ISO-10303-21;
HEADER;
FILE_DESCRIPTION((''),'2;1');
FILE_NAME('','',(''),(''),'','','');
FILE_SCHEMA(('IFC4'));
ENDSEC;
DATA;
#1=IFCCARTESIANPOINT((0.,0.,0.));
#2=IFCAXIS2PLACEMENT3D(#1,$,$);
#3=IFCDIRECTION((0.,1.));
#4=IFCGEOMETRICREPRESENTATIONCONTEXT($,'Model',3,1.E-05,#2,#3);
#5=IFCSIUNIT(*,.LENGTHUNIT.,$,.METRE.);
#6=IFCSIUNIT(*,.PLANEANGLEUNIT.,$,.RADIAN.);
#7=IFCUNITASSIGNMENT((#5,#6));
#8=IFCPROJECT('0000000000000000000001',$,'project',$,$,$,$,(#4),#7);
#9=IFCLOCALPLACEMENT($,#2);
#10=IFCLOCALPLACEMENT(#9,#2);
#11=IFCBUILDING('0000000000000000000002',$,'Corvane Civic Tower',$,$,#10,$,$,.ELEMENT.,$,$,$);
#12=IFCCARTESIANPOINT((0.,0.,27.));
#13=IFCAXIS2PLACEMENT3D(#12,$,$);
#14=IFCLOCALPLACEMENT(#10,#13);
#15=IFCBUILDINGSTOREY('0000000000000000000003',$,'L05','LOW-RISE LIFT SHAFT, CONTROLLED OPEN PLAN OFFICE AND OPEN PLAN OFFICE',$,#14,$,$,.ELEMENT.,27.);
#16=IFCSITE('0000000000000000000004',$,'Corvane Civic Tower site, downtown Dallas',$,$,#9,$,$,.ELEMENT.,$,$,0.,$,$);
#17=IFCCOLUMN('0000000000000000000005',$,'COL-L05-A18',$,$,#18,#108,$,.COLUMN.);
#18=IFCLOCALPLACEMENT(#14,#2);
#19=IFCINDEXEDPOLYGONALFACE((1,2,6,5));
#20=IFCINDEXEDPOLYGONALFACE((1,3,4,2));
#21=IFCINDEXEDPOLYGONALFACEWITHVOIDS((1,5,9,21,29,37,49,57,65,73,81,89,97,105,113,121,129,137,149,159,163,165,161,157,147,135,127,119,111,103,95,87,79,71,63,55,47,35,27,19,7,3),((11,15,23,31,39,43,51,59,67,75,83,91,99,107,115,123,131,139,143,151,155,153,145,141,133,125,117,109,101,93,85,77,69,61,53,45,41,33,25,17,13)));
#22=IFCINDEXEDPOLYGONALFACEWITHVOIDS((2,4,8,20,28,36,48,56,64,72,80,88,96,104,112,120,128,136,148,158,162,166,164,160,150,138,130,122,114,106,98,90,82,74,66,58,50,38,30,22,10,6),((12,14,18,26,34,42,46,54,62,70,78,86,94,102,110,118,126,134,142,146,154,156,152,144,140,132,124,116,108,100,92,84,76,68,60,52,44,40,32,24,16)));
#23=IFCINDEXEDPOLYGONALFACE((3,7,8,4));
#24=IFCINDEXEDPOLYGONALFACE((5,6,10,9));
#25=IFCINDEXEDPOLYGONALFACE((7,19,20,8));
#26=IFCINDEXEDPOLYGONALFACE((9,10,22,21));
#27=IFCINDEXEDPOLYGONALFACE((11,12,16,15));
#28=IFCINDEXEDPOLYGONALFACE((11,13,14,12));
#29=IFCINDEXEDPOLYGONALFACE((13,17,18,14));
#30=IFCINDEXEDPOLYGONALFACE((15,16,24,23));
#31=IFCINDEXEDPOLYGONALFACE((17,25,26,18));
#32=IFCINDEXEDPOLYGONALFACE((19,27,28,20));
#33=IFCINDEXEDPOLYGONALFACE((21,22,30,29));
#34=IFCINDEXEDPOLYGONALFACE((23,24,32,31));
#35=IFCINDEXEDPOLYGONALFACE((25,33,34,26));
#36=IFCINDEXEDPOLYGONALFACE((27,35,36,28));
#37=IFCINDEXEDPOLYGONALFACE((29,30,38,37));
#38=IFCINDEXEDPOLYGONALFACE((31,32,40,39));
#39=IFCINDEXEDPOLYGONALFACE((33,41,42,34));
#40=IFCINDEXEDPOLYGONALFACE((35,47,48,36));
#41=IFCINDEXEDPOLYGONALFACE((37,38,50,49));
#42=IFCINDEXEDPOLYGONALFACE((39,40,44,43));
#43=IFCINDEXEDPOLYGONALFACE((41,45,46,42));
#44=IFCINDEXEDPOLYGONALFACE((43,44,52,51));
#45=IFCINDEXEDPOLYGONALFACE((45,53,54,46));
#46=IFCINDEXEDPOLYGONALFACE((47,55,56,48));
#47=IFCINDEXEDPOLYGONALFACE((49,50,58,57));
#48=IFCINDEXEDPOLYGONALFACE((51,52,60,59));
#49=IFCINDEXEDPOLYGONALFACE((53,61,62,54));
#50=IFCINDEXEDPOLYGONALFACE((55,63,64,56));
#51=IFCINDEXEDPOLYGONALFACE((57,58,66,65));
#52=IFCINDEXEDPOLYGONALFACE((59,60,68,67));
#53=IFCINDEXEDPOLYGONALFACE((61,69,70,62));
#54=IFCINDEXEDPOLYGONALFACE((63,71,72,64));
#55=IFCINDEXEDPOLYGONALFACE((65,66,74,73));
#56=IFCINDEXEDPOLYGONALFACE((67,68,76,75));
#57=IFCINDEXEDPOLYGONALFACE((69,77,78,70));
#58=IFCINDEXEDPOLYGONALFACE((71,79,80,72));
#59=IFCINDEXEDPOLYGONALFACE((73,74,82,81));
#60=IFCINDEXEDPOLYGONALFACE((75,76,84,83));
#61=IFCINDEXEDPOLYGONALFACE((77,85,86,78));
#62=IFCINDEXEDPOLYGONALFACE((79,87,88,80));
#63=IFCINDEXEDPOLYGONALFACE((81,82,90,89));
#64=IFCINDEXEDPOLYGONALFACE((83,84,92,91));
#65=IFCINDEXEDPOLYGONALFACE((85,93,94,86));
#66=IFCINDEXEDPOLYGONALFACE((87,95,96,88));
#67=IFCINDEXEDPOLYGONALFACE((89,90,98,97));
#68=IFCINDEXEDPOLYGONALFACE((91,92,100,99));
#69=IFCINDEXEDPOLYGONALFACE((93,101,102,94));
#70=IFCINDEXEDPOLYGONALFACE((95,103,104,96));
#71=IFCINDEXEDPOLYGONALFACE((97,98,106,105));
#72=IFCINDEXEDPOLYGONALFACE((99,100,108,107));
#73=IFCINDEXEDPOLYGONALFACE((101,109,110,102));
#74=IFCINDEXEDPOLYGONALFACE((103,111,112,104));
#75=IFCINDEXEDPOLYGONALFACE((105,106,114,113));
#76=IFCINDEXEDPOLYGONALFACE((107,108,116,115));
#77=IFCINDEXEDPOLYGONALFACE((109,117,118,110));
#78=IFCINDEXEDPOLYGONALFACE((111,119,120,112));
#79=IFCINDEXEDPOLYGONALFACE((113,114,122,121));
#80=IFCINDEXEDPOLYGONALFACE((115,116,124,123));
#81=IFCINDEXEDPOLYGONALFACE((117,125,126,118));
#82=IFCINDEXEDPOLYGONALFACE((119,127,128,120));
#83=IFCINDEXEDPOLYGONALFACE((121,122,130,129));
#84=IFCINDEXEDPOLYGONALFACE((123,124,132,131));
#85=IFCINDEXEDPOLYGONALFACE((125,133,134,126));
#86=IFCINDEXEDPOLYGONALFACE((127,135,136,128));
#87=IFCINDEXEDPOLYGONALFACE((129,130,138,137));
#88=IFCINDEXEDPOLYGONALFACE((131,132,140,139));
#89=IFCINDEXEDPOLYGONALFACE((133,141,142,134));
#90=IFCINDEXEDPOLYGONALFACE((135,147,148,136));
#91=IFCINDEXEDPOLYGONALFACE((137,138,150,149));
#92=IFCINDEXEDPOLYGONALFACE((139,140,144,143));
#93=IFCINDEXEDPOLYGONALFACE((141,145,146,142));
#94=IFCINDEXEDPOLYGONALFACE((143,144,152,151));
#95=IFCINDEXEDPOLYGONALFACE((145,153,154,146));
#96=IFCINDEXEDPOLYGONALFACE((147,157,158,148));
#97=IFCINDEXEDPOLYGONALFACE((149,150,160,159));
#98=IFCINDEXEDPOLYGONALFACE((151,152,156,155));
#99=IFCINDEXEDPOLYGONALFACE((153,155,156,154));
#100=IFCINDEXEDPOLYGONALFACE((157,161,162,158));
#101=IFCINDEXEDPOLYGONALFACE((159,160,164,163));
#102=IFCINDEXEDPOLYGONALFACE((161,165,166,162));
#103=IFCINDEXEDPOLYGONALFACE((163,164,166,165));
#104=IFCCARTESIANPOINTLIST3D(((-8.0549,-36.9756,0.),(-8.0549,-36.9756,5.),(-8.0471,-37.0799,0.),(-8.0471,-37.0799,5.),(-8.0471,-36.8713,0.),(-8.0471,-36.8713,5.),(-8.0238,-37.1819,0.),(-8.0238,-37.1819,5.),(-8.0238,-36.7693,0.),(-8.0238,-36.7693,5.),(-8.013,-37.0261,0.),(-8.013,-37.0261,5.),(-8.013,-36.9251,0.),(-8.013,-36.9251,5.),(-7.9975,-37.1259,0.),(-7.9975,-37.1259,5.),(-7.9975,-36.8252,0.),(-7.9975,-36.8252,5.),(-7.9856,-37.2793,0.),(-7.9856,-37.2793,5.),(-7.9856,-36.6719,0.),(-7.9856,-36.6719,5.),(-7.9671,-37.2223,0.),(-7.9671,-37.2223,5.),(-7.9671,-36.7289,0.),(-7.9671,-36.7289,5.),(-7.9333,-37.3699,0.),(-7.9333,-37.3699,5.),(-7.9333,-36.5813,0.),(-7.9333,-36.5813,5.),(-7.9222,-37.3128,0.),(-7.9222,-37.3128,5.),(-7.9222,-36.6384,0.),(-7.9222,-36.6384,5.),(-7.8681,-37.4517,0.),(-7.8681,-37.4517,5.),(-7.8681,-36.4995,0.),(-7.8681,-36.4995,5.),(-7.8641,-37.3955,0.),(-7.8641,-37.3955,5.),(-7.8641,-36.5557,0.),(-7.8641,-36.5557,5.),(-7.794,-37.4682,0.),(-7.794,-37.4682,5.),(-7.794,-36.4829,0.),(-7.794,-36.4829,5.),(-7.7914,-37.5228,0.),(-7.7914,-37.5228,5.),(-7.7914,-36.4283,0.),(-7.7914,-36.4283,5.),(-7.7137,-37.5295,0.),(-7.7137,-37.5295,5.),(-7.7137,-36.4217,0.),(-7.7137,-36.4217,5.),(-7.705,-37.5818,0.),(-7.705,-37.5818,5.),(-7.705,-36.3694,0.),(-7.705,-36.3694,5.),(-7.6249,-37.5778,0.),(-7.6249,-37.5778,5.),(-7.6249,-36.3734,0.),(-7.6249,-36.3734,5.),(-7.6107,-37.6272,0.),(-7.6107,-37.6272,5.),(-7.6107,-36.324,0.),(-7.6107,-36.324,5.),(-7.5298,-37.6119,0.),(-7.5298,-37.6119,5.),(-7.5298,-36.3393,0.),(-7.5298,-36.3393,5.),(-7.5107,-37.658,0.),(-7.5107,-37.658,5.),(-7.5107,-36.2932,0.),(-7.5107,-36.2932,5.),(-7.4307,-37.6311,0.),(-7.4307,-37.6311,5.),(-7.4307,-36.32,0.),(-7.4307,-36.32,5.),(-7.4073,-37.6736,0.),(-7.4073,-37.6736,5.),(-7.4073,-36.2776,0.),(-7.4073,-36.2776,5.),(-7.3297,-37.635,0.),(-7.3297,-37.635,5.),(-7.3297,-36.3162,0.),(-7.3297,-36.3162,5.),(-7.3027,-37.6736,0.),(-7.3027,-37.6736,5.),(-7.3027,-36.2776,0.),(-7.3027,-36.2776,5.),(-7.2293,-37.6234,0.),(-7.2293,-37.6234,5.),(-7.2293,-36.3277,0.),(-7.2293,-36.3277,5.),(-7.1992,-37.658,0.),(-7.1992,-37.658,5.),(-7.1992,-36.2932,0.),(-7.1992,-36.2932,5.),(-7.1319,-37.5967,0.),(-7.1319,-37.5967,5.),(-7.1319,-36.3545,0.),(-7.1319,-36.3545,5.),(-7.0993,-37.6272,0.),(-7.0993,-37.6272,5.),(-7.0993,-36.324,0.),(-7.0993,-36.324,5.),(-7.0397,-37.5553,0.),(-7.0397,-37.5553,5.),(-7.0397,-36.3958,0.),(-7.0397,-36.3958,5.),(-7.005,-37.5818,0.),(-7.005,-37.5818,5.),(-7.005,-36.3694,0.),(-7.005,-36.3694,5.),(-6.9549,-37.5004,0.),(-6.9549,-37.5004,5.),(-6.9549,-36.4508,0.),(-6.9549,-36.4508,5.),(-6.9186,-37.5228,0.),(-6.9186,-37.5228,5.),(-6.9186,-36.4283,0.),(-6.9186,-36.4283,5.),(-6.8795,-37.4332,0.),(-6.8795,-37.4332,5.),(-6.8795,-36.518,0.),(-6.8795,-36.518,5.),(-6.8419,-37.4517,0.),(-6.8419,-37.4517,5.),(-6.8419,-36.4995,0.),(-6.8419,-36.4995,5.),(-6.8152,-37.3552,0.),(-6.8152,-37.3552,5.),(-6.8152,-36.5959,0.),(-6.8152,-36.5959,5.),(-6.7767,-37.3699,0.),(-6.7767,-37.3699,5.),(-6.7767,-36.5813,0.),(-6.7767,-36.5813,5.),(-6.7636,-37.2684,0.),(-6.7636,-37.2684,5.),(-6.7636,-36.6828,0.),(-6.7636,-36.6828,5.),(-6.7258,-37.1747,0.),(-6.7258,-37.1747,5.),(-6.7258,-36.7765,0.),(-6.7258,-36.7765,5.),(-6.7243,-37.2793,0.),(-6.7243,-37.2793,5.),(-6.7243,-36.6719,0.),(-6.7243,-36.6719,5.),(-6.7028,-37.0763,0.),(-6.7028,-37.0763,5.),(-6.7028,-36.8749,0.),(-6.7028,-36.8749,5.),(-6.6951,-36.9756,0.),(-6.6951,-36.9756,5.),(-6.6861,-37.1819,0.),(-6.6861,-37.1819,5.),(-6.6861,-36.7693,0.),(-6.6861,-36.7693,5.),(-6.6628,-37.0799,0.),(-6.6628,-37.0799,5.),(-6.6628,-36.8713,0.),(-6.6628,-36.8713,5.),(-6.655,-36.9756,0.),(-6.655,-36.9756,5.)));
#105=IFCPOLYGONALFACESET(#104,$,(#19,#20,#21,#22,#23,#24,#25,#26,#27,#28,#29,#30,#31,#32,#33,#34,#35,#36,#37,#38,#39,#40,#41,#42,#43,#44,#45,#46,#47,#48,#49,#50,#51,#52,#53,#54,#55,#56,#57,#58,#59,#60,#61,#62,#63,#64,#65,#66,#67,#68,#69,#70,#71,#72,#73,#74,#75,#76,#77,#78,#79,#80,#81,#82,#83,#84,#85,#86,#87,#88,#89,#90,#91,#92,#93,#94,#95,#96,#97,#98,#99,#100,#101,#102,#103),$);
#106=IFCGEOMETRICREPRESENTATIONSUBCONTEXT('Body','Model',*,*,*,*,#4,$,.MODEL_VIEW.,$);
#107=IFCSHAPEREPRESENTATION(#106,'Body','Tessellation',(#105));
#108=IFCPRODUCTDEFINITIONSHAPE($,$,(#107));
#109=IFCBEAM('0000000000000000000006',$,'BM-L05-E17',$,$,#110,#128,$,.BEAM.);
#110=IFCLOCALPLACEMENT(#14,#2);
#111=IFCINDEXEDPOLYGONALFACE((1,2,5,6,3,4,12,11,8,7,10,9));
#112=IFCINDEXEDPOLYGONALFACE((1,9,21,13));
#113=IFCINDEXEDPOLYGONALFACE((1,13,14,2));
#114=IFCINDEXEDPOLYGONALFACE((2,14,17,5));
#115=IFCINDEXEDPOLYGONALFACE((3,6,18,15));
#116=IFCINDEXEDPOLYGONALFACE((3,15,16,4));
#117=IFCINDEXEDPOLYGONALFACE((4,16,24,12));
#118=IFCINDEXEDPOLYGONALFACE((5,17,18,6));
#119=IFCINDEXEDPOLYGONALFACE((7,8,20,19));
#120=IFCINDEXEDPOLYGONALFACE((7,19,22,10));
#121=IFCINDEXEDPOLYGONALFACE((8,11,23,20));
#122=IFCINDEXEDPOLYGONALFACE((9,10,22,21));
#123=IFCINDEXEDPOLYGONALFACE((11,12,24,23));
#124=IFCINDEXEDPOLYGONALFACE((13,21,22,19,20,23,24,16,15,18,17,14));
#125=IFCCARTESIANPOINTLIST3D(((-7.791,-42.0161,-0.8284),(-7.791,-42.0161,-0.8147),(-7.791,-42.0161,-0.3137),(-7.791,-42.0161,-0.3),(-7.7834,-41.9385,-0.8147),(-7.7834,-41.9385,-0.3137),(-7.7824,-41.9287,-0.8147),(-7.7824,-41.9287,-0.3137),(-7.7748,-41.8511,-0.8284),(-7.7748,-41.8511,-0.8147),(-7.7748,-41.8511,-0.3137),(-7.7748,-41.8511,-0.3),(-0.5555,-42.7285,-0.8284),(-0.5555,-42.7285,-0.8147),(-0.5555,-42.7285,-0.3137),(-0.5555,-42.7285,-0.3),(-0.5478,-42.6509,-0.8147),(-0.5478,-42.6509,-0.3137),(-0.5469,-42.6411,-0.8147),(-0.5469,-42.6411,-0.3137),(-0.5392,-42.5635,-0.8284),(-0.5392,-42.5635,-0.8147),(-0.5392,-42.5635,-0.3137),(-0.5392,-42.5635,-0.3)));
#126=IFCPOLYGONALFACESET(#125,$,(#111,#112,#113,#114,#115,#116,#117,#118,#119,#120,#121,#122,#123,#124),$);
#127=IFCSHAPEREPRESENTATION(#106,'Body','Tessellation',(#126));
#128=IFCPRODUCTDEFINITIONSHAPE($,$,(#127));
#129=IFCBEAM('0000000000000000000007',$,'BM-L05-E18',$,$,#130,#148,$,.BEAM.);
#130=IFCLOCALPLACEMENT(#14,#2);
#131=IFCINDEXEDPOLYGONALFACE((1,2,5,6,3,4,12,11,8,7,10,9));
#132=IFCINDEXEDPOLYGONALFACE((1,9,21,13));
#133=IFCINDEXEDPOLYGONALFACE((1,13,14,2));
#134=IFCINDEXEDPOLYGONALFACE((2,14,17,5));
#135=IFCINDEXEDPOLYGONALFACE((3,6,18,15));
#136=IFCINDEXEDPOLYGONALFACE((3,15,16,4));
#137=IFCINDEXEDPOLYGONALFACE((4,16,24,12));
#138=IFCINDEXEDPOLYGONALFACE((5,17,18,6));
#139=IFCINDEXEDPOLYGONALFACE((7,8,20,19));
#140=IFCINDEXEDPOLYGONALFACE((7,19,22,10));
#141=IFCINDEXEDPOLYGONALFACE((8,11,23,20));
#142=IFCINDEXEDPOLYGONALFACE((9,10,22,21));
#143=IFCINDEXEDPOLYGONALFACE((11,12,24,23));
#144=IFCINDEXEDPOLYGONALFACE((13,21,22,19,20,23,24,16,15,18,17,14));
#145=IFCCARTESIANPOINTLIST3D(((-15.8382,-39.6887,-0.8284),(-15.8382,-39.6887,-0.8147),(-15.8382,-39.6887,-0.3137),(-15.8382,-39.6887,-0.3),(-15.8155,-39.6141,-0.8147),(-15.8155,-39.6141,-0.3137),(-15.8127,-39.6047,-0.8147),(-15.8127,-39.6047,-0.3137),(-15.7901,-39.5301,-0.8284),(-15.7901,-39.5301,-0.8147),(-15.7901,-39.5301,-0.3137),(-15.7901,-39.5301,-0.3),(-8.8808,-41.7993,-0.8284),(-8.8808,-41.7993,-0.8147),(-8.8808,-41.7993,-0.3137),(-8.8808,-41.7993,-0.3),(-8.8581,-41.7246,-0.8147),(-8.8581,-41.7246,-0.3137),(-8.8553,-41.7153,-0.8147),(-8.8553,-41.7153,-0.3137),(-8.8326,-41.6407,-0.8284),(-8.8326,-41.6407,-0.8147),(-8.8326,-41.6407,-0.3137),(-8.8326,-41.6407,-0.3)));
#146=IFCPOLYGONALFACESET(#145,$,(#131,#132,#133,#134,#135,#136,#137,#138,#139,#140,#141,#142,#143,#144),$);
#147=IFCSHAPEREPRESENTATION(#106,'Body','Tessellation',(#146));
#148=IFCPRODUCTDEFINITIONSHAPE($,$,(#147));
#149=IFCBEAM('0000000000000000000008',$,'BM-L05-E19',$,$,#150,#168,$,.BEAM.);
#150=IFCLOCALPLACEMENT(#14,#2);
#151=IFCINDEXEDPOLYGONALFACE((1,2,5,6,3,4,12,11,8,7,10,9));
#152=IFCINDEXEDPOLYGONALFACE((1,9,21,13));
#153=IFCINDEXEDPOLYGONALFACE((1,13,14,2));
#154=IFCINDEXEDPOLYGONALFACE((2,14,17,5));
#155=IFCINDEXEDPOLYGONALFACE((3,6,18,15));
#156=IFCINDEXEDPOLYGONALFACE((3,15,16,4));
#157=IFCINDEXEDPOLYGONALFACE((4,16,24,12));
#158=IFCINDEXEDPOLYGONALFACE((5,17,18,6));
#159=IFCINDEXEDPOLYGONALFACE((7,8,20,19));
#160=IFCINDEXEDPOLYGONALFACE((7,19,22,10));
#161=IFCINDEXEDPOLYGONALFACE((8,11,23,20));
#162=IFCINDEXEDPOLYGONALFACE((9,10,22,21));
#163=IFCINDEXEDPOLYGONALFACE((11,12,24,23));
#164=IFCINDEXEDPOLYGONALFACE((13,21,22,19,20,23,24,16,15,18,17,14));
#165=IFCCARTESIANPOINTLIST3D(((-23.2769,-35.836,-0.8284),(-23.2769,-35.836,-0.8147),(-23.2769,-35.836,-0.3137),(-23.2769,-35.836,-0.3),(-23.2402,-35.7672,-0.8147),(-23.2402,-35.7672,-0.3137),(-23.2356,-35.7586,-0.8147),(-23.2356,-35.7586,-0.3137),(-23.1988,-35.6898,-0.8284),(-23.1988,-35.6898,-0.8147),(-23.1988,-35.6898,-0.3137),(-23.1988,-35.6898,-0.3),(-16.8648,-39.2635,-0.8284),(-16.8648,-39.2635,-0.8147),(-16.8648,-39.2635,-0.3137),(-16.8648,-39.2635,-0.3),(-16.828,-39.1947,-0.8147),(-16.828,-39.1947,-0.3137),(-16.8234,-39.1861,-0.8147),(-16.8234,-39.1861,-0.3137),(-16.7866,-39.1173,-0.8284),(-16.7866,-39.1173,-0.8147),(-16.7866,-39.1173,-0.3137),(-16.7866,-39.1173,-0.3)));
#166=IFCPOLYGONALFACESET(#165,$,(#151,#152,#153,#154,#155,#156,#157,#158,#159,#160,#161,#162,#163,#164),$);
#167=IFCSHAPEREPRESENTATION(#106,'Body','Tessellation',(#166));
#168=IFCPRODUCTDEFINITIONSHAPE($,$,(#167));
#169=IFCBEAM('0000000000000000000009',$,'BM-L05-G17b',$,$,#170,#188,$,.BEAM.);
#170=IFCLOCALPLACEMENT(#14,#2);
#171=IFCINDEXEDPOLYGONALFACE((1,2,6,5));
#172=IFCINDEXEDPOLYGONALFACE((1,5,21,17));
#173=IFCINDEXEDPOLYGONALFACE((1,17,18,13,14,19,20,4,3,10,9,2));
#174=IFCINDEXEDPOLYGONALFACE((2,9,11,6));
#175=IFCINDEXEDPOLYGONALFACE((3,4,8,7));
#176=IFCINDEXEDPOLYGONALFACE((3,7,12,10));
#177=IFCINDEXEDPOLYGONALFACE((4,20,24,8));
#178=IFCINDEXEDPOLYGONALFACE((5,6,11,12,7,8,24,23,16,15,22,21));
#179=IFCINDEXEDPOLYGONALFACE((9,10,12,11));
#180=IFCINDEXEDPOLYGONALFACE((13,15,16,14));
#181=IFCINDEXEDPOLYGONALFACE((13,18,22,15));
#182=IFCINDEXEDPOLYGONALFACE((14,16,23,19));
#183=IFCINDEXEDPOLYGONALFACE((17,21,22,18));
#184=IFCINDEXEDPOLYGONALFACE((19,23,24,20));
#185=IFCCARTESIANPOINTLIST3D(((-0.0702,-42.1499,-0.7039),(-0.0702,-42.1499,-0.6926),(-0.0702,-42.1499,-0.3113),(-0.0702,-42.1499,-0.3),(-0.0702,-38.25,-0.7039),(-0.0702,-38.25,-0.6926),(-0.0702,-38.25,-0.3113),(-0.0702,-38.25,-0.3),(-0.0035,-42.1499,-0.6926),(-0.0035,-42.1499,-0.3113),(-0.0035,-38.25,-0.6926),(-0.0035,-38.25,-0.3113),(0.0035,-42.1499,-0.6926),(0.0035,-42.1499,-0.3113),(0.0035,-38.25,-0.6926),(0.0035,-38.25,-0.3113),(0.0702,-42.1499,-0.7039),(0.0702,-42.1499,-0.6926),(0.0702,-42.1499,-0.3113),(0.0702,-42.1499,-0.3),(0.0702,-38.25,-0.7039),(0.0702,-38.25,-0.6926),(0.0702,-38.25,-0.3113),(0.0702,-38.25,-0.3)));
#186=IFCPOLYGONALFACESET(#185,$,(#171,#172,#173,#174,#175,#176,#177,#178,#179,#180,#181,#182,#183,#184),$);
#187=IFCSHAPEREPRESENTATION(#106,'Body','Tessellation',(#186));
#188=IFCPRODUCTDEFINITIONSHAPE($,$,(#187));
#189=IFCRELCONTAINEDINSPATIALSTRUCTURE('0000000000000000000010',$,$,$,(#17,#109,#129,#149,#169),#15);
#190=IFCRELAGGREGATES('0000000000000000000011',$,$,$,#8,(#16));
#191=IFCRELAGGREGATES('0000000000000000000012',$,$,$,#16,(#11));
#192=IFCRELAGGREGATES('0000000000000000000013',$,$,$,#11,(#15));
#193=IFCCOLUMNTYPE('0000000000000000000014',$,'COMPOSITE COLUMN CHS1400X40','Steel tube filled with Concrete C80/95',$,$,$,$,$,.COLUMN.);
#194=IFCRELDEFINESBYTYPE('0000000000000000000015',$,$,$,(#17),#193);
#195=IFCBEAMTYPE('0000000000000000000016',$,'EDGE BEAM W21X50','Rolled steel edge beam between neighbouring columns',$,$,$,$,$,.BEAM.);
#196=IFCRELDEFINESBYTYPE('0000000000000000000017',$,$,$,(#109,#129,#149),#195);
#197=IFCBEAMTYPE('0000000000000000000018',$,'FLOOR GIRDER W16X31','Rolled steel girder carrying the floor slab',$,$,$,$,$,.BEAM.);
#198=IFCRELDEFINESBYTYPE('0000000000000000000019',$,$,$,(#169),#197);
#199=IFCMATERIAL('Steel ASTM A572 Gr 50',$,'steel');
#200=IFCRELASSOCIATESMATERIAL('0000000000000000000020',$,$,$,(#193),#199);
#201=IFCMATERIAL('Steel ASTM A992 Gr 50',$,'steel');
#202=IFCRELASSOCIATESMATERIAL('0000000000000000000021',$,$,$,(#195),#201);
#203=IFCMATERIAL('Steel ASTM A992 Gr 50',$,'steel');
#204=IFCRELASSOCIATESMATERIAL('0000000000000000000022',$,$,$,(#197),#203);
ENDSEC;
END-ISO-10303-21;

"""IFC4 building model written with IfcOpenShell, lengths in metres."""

from ifc_helpers import new_model, si_unit, direction, frame, origin, origin_2d, place, context, subcontext, project, spatial, hollow_circle, i_section, extrude, material, material_profile, profile_set, type_object, element, save


model = new_model("IFC4")

# Units and contexts
model_context = context("Model", 3, precision=1e-05, world=origin(), true_north=direction((0.0, 1.0)))
body_context = subcontext(model_context, "Body", "Model", "MODEL_VIEW")
ifc_project = project(units=[si_unit("LENGTHUNIT", "METRE"), si_unit("PLANEANGLEUNIT", "RADIAN")], contexts=[model_context])

# Site, building, storey
site_placement = place(None, origin())
site = spatial("IfcSite", under=ifc_project, at=site_placement, Name="Corvane Civic Tower site, downtown Dallas", CompositionType="ELEMENT", RefElevation=0.0)
building_placement = place(site_placement, origin())
building = spatial("IfcBuilding", under=site, at=building_placement, Name="Corvane Civic Tower", CompositionType="ELEMENT")
storey_placement = place(building_placement, frame((0.0, 0.0, 27.0)))
storey = spatial("IfcBuildingStorey", under=building, at=storey_placement, Name="L05", Description="LOW-RISE LIFT SHAFT, CONTROLLED OPEN PLAN OFFICE AND OPEN PLAN OFFICE", CompositionType="ELEMENT", Elevation=27.0)

# Column
ifc_material_1 = material(Name="Steel ASTM A572 Gr 50", Category="steel")
ifc_material_profile_1 = material_profile(ifc_material_1, hollow_circle(Radius=0.7, WallThickness=0.04, at=origin_2d()), Name="CHS1400X40")
ifc_profile_set_1 = profile_set([ifc_material_profile_1], Name="Steel ASTM A572 Gr 50")
column_type_1 = type_object("IfcColumnType", Name="COMPOSITE COLUMN CHS1400X40", Description="Steel tube filled with Concrete C80/95", PredefinedType="COLUMN", material=ifc_profile_set_1)
for number, where, z_axis, x_axis, name in (
    (1, (-7.355, -36.9756, 0.0), (0.0, 0.0, 1.0), (1.0, 0.0, 0.0), "COL-L05-A18"),
):
    element("IfcColumn", number, at=place(storey_placement, frame(where, z_axis=z_axis, x_axis=x_axis)), inside=storey, type_object=column_type_1, Name=name, PredefinedType="COLUMN", context=body_context, shape_type="SweptSolid", body=[
        extrude(hollow_circle(Radius=0.7, WallThickness=0.04, at=origin_2d()), origin(), (0.0, 0.0, 1.0), 5.0),
    ])

# Beams
ifc_material_2 = material(Name="Steel ASTM A992 Gr 50", Category="steel")
ifc_material_profile_2 = material_profile(ifc_material_2, i_section(OverallWidth=0.1658, OverallDepth=0.5283, WebThickness=0.0098, FlangeThickness=0.0137, at=origin_2d()), Name="W21X50")
ifc_profile_set_2 = profile_set([ifc_material_profile_2], Name="Steel ASTM A992 Gr 50")
beam_type_1 = type_object("IfcBeamType", Name="EDGE BEAM W21X50", Description="Rolled steel edge beam between neighbouring columns", PredefinedType="BEAM", material=ifc_profile_set_2)
for number, where, z_axis, x_axis, name in (
    (2, (-0.5474, -42.646, -0.5642), (-0.995188, 0.097984, 0.0), (-0.097984, -0.995188, 0.0), "BM-L05-E17"),
    (3, (-8.8567, -41.72, -0.5642), (-0.956938, 0.290292, 0.0), (-0.290292, -0.956938, 0.0), "BM-L05-E18"),
):
    element("IfcBeam", number, at=place(storey_placement, frame(where, z_axis=z_axis, x_axis=x_axis)), inside=storey, type_object=beam_type_1, Name=name, PredefinedType="BEAM", context=body_context, shape_type="SweptSolid", body=[
        extrude(i_section(OverallWidth=0.1658, OverallDepth=0.5283, WebThickness=0.0098, FlangeThickness=0.0137, at=origin_2d()), origin(), (0.0, 0.0, 1.0), 7.2705),
    ])
beam_placement = place(storey_placement, frame((-16.8257, -39.1904, -0.5642), z_axis=(-0.881913, 0.471412, 0.0), x_axis=(-0.471412, -0.881913, 0.0)))
element("IfcBeam", 4, at=beam_placement, inside=storey, type_object=beam_type_1, Name="BM-L05-E19", PredefinedType="BEAM", context=body_context, shape_type="SweptSolid", body=[
    extrude(i_section(OverallWidth=0.1658, OverallDepth=0.5283, WebThickness=0.0098, FlangeThickness=0.0137, at=origin_2d()), origin(), (0.0, 0.0, 1.0), 7.2708),
])
ifc_material_3 = material(Name="Steel ASTM A992 Gr 50", Category="steel")
ifc_material_profile_3 = material_profile(ifc_material_3, i_section(OverallWidth=0.1404, OverallDepth=0.4038, WebThickness=0.0071, FlangeThickness=0.0112, at=origin_2d()), Name="W16X31")
ifc_profile_set_3 = profile_set([ifc_material_profile_3], Name="Steel ASTM A992 Gr 50")
beam_type_2 = type_object("IfcBeamType", Name="FLOOR GIRDER W16X31", Description="Rolled steel girder carrying the floor slab", PredefinedType="BEAM", material=ifc_profile_set_3)
for number, where, z_axis, x_axis, name in (
    (5, (0.0, -38.25, -0.502), (0.0, -1.0, 0.0), (1.0, 0.0, 0.0), "BM-L05-G17b"),
):
    element("IfcBeam", number, at=place(storey_placement, frame(where, z_axis=z_axis, x_axis=x_axis)), inside=storey, type_object=beam_type_2, Name=name, PredefinedType="BEAM", context=body_context, shape_type="SweptSolid", body=[
        extrude(i_section(OverallWidth=0.1404, OverallDepth=0.4038, WebThickness=0.0071, FlangeThickness=0.0112, at=origin_2d()), origin(), (0.0, 0.0, 1.0), 3.8999),
    ])

save(model, "model.ifc")
